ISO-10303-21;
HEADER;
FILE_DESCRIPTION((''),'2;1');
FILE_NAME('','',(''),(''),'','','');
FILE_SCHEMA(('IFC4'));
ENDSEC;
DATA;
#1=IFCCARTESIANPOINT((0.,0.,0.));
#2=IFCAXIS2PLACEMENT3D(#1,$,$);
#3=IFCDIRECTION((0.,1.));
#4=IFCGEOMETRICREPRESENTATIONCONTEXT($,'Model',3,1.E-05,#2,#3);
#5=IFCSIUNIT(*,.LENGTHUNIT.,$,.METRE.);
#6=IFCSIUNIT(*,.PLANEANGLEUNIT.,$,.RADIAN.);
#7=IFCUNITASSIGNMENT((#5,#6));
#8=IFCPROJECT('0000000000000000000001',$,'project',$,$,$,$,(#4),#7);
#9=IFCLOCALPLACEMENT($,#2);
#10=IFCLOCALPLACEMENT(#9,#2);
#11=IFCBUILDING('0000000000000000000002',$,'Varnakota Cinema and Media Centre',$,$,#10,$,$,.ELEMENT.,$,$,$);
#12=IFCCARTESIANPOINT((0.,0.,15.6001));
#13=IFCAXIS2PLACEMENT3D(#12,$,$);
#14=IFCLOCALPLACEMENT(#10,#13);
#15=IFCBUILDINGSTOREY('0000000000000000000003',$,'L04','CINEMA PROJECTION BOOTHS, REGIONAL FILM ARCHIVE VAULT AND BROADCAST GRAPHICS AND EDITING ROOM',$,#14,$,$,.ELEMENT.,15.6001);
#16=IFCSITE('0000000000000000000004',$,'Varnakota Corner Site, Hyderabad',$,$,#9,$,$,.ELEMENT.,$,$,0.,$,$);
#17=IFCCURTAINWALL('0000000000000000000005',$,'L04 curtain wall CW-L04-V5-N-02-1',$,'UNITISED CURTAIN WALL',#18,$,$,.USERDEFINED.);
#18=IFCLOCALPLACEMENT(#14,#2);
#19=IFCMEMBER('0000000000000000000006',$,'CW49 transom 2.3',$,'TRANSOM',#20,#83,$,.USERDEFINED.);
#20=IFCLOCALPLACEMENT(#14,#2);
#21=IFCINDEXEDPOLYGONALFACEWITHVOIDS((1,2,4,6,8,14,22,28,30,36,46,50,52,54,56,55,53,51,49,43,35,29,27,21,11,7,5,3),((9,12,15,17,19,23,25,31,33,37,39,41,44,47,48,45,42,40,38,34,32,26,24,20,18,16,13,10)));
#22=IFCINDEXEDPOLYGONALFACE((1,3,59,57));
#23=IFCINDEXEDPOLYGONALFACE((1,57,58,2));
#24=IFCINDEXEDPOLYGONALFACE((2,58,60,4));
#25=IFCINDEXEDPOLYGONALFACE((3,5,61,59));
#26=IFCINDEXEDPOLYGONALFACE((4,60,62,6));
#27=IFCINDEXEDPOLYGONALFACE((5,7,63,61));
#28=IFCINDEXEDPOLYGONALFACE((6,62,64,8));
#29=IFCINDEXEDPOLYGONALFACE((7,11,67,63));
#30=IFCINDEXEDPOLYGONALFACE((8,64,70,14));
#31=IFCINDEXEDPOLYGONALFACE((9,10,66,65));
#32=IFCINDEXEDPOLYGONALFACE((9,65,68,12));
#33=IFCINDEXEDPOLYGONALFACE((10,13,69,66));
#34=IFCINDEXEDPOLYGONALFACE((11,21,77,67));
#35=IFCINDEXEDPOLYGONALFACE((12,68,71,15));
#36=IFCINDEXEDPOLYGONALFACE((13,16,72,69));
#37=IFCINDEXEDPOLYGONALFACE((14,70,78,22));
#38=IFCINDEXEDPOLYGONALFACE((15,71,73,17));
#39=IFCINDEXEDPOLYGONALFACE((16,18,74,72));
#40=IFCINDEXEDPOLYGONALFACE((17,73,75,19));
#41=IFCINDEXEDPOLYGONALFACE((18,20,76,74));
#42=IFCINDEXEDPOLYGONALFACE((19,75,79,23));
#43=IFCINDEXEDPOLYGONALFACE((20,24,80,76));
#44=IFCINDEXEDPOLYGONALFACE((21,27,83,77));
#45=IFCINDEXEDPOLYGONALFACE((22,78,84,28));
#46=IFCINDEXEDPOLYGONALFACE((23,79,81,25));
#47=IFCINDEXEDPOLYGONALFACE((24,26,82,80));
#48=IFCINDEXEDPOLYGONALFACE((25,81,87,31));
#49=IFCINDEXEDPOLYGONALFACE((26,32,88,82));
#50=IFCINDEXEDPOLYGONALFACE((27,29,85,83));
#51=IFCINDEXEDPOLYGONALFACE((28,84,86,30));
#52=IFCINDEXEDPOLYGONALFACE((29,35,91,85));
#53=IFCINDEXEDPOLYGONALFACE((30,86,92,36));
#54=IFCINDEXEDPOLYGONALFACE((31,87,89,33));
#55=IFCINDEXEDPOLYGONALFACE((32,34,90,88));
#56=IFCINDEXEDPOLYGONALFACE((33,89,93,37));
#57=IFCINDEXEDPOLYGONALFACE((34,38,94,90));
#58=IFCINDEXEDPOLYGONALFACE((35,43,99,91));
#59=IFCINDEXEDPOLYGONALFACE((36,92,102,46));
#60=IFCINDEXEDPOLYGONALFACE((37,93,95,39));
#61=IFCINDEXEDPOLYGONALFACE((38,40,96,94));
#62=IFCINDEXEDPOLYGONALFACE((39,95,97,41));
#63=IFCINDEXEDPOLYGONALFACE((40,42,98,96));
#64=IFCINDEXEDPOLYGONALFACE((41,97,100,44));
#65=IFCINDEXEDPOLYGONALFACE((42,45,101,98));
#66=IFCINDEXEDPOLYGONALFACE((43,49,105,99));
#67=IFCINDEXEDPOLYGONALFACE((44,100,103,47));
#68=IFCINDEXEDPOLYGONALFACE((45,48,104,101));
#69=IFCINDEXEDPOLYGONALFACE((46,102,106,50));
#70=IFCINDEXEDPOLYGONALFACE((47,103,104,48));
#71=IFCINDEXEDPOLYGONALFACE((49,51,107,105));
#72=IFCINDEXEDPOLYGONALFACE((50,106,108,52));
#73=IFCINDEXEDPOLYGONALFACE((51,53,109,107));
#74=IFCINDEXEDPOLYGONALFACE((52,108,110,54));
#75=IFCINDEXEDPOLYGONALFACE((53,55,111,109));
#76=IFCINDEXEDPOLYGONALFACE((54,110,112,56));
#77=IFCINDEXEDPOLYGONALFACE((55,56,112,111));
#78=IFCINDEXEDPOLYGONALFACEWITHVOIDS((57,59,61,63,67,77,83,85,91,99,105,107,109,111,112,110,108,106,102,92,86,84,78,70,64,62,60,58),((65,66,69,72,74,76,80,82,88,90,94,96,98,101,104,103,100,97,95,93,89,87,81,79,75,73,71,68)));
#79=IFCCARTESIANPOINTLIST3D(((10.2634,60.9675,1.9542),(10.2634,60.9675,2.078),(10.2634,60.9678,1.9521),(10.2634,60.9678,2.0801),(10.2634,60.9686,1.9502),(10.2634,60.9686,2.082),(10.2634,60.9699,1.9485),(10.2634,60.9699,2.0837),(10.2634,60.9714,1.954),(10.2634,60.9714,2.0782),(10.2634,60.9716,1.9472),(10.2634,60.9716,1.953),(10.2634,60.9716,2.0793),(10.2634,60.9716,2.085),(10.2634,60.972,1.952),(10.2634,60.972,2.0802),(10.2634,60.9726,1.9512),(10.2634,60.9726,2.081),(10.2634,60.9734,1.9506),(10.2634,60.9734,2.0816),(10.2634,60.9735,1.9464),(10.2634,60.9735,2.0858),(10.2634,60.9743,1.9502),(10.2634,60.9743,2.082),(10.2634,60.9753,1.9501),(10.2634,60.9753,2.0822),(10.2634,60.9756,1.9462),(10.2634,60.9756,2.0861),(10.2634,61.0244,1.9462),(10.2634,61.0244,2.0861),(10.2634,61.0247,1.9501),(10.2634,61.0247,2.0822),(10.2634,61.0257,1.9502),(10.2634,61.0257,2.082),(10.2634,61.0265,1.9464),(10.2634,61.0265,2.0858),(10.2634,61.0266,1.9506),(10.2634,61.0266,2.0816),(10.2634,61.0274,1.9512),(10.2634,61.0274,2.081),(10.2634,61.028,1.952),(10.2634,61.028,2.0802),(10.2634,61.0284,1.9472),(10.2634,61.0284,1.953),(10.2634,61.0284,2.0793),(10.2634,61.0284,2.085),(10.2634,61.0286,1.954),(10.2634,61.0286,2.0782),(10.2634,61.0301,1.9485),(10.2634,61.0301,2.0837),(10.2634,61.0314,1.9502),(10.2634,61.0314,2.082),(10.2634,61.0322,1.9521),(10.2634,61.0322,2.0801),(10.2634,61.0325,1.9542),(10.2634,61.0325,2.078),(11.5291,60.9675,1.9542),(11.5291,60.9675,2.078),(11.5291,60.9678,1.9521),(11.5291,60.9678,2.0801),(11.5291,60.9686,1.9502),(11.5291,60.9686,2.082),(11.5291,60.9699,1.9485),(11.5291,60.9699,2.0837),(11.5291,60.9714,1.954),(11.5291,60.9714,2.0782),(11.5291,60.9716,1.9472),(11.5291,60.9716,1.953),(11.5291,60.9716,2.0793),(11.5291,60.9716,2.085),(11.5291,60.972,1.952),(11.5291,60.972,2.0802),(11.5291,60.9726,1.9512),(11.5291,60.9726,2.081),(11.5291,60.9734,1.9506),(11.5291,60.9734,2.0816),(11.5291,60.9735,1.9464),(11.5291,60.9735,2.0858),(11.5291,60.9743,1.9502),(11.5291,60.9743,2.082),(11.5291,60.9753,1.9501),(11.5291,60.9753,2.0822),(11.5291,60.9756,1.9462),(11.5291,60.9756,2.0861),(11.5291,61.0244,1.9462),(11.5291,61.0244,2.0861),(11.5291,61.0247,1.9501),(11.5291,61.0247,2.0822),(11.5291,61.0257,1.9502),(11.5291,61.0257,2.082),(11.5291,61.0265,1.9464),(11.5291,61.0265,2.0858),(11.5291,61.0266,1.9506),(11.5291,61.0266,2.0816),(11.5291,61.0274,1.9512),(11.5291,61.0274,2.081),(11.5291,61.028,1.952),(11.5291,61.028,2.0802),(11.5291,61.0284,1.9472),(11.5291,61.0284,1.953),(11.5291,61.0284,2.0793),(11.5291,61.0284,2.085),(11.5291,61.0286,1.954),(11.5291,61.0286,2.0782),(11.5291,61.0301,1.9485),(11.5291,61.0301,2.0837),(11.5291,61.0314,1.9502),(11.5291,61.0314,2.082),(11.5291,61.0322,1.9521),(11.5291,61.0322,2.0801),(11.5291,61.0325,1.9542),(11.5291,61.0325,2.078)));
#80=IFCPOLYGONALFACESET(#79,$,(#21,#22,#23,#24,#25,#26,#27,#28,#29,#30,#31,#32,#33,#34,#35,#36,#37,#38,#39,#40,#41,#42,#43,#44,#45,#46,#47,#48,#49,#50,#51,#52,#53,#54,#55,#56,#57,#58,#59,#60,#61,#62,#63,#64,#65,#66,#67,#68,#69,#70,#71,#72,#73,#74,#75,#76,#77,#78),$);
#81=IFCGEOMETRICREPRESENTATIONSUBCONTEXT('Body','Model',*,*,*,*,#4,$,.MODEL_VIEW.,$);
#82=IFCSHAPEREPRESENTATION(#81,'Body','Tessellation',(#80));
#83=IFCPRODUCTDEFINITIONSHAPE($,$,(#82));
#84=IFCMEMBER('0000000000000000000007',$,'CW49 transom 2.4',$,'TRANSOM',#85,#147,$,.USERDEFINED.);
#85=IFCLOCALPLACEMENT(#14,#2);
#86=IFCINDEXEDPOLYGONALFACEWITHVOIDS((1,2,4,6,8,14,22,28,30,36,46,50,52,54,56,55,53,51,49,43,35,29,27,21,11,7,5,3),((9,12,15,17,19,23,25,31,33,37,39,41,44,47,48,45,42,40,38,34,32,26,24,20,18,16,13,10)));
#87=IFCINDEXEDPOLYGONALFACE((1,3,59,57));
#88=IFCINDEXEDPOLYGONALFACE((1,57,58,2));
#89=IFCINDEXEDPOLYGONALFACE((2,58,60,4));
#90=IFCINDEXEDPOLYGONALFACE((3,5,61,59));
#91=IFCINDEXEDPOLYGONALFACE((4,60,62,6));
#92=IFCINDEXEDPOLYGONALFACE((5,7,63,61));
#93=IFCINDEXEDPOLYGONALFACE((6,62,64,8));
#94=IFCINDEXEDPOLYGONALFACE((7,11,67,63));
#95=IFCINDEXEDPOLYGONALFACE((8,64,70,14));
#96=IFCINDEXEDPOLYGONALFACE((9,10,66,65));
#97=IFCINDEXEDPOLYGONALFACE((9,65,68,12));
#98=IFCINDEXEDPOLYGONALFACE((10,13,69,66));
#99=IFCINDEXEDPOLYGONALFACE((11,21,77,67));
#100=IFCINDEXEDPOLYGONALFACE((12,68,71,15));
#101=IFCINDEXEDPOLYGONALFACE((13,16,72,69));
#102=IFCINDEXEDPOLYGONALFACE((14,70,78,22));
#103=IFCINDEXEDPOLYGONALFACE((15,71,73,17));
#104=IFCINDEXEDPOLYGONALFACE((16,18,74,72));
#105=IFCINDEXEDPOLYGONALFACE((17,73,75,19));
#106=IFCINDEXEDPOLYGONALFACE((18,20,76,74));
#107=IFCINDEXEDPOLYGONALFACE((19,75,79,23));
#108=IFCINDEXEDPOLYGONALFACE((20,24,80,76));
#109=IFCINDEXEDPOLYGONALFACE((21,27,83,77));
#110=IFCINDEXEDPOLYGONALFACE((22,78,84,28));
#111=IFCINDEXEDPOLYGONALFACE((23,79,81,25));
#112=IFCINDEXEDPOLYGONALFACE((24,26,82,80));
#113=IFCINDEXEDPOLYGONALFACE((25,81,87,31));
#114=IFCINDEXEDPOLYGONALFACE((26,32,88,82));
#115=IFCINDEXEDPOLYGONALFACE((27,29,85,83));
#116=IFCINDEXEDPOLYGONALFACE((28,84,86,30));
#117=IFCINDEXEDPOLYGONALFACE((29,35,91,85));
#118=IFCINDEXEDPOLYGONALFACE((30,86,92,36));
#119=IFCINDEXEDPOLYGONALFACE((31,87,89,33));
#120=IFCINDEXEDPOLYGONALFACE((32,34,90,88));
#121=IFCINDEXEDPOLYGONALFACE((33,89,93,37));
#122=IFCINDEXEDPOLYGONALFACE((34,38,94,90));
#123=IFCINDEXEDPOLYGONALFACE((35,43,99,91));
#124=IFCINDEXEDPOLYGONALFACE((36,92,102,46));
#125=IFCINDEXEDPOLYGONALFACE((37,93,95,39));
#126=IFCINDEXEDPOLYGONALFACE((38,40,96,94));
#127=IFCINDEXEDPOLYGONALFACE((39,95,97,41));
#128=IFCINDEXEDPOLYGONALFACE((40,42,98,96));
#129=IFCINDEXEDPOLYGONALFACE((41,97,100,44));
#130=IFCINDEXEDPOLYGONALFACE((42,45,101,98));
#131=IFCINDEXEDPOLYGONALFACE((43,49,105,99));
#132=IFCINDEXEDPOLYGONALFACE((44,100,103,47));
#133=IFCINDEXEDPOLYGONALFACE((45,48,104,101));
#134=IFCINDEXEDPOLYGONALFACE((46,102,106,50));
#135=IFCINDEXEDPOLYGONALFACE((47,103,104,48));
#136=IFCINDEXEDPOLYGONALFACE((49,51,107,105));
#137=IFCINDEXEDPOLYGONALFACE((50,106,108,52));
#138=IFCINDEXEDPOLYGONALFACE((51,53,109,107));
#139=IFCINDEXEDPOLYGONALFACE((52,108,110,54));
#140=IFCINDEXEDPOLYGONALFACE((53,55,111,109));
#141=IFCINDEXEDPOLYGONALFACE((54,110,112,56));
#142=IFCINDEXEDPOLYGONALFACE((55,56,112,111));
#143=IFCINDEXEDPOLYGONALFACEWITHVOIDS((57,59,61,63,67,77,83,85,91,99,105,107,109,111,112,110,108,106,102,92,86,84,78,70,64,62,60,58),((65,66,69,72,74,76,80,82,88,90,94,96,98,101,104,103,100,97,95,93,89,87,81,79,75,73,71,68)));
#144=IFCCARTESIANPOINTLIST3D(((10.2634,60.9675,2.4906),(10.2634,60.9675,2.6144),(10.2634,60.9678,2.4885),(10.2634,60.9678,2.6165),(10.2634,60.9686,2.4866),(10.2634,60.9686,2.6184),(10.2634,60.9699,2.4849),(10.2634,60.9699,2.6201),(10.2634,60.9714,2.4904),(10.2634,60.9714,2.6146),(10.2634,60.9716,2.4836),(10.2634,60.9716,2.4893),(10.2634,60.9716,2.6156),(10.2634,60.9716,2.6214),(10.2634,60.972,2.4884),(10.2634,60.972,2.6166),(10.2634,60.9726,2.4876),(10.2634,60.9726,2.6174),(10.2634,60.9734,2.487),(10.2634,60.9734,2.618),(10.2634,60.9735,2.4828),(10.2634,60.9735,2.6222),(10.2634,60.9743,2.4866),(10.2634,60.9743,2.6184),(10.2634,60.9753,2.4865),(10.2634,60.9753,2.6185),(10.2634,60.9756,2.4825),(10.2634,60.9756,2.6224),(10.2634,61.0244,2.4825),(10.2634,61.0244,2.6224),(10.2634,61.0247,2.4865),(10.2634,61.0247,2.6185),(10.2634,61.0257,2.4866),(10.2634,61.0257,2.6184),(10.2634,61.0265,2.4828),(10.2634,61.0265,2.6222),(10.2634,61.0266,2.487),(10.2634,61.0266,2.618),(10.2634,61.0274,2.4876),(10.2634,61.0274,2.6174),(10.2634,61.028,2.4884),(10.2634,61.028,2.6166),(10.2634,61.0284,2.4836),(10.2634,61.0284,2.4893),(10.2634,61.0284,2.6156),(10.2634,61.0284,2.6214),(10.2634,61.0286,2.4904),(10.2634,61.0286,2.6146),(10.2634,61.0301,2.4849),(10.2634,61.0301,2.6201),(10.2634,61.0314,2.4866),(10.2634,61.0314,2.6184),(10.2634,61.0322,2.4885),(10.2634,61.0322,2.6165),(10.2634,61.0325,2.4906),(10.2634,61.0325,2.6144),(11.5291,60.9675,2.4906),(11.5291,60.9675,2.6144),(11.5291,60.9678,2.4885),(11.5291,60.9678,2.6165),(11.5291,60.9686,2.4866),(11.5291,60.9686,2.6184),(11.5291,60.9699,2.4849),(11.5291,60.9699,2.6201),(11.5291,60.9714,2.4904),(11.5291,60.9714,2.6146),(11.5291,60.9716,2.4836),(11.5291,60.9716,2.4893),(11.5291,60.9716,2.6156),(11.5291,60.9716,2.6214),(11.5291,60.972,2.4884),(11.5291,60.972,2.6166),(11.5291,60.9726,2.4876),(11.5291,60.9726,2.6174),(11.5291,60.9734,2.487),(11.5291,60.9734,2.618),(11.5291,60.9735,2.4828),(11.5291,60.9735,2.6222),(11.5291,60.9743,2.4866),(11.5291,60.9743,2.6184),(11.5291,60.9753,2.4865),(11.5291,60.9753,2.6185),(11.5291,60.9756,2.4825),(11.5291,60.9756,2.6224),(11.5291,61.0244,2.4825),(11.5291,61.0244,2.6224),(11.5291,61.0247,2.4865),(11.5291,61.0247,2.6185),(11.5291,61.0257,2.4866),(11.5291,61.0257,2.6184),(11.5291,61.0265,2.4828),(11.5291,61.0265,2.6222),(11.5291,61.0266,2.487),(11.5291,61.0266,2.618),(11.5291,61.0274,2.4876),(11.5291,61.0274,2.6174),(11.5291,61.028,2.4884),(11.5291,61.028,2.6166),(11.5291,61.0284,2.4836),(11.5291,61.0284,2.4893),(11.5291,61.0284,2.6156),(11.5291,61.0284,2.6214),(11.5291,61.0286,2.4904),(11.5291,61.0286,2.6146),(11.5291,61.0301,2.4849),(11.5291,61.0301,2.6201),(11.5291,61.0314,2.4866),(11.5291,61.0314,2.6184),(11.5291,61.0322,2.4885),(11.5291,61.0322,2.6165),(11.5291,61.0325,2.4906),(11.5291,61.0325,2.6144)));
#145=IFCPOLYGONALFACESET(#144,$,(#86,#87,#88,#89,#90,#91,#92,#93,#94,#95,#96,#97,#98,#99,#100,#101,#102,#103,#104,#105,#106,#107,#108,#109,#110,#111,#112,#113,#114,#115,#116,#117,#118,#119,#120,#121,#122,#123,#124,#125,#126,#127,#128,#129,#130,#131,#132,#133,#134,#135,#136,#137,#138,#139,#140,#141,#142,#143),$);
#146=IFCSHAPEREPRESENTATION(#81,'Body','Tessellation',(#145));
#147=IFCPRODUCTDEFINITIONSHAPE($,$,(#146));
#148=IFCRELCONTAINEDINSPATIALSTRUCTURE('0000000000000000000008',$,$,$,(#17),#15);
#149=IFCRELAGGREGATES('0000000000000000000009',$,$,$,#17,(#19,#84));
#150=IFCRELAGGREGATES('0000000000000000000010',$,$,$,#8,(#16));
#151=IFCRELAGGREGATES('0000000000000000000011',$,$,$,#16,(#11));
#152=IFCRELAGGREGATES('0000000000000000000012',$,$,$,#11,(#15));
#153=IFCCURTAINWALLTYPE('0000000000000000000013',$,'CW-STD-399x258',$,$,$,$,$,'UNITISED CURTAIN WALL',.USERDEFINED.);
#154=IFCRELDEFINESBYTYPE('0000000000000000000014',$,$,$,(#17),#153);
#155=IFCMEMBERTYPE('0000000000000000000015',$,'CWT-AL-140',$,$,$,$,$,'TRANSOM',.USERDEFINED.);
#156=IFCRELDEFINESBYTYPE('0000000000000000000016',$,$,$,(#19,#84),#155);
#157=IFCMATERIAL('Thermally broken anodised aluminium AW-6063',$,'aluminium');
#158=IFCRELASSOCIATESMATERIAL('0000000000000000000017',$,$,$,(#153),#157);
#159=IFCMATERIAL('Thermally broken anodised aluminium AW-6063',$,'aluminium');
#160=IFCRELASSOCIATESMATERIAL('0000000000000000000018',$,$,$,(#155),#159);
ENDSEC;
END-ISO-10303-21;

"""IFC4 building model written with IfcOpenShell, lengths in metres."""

from ifc_helpers import new_model, si_unit, direction, frame, origin, origin_2d, place, context, subcontext, project, spatial, hollow_rectangle, extrude, material, material_profile, profile_set, type_object, element, aggregate, save


model = new_model("IFC4")

# Units and contexts
model_context = context("Model", 3, precision=1e-05, world=origin(), true_north=direction((0.0, 1.0)))
body_context = subcontext(model_context, "Body", "Model", "MODEL_VIEW")
ifc_project = project(units=[si_unit("LENGTHUNIT", "METRE"), si_unit("PLANEANGLEUNIT", "RADIAN")], contexts=[model_context])

# Site, building, storey
site_placement = place(None, origin())
site = spatial("IfcSite", under=ifc_project, at=site_placement, Name="Varnakota Corner Site, Hyderabad", CompositionType="ELEMENT", RefElevation=0.0)
building_placement = place(site_placement, origin())
building = spatial("IfcBuilding", under=site, at=building_placement, Name="Varnakota Cinema and Media Centre", CompositionType="ELEMENT")
storey_placement = place(building_placement, frame((0.0, 0.0, 15.6001)))
storey = spatial("IfcBuildingStorey", under=building, at=storey_placement, Name="L04", Description="CINEMA PROJECTION BOOTHS, REGIONAL FILM ARCHIVE VAULT AND BROADCAST GRAPHICS AND EDITING ROOM", CompositionType="ELEMENT", Elevation=15.6001)

# Curtain wall, members
ifc_material_1 = material(Name="Thermally broken anodised aluminium AW-6063", Category="aluminium")
curtain_wall_type = type_object("IfcCurtainWallType", Name="CW-STD-399x258", ElementType="UNITISED CURTAIN WALL", PredefinedType="USERDEFINED", material=ifc_material_1)
curtain_wall_placement = place(storey_placement, origin())
curtain_wall = element("IfcCurtainWall", 1, at=curtain_wall_placement, inside=storey, type_object=curtain_wall_type, Name="L04 curtain wall CW-L04-V5-N-02-1", ObjectType="UNITISED CURTAIN WALL", PredefinedType="USERDEFINED")
ifc_material_2 = material(Name="Thermally broken anodised aluminium AW-6063", Category="aluminium")
ifc_material_profile_1 = material_profile(ifc_material_2, hollow_rectangle(XDim=0.0649, YDim=0.1399, WallThickness=0.0039, InnerFilletRadius=0.0039, OuterFilletRadius=0.0081, at=origin_2d()), Name="AL-TRANSOM 140x65x4")
ifc_profile_set_1 = profile_set([ifc_material_profile_1], Name="Thermally broken anodised aluminium AW-6063")
member_type_1 = type_object("IfcMemberType", Name="CWT-AL-140", ElementType="TRANSOM", PredefinedType="USERDEFINED", material=ifc_profile_set_1)
member_1_placement = place(storey_placement, frame((10.2634, 61.0, 2.0161), z_axis=(1.0, 0.0, 0.0), x_axis=(0.0, 1.0, 0.0)))
member_1 = element("IfcMember", 2, at=member_1_placement, type_object=member_type_1, Name="CW49 transom 2.3", ObjectType="TRANSOM", PredefinedType="USERDEFINED", context=body_context, shape_type="SweptSolid", body=[
    extrude(hollow_rectangle(XDim=0.0649, YDim=0.1399, WallThickness=0.0039, InnerFilletRadius=0.0039, OuterFilletRadius=0.0081, at=origin_2d()), origin(), (0.0, 0.0, 1.0), 1.2656),
])
member_2_placement = place(storey_placement, frame((10.2634, 61.0, 2.5525), z_axis=(1.0, 0.0, 0.0), x_axis=(0.0, 1.0, 0.0)))
member_2 = element("IfcMember", 3, at=member_2_placement, type_object=member_type_1, Name="CW49 transom 2.4", ObjectType="TRANSOM", PredefinedType="USERDEFINED", context=body_context, shape_type="SweptSolid", body=[
    extrude(hollow_rectangle(XDim=0.0649, YDim=0.1399, WallThickness=0.0039, InnerFilletRadius=0.0039, OuterFilletRadius=0.0081, at=origin_2d()), origin(), (0.0, 0.0, 1.0), 1.2656),
])
aggregate(curtain_wall, [member_1, member_2])

save(model, "model.ifc")
